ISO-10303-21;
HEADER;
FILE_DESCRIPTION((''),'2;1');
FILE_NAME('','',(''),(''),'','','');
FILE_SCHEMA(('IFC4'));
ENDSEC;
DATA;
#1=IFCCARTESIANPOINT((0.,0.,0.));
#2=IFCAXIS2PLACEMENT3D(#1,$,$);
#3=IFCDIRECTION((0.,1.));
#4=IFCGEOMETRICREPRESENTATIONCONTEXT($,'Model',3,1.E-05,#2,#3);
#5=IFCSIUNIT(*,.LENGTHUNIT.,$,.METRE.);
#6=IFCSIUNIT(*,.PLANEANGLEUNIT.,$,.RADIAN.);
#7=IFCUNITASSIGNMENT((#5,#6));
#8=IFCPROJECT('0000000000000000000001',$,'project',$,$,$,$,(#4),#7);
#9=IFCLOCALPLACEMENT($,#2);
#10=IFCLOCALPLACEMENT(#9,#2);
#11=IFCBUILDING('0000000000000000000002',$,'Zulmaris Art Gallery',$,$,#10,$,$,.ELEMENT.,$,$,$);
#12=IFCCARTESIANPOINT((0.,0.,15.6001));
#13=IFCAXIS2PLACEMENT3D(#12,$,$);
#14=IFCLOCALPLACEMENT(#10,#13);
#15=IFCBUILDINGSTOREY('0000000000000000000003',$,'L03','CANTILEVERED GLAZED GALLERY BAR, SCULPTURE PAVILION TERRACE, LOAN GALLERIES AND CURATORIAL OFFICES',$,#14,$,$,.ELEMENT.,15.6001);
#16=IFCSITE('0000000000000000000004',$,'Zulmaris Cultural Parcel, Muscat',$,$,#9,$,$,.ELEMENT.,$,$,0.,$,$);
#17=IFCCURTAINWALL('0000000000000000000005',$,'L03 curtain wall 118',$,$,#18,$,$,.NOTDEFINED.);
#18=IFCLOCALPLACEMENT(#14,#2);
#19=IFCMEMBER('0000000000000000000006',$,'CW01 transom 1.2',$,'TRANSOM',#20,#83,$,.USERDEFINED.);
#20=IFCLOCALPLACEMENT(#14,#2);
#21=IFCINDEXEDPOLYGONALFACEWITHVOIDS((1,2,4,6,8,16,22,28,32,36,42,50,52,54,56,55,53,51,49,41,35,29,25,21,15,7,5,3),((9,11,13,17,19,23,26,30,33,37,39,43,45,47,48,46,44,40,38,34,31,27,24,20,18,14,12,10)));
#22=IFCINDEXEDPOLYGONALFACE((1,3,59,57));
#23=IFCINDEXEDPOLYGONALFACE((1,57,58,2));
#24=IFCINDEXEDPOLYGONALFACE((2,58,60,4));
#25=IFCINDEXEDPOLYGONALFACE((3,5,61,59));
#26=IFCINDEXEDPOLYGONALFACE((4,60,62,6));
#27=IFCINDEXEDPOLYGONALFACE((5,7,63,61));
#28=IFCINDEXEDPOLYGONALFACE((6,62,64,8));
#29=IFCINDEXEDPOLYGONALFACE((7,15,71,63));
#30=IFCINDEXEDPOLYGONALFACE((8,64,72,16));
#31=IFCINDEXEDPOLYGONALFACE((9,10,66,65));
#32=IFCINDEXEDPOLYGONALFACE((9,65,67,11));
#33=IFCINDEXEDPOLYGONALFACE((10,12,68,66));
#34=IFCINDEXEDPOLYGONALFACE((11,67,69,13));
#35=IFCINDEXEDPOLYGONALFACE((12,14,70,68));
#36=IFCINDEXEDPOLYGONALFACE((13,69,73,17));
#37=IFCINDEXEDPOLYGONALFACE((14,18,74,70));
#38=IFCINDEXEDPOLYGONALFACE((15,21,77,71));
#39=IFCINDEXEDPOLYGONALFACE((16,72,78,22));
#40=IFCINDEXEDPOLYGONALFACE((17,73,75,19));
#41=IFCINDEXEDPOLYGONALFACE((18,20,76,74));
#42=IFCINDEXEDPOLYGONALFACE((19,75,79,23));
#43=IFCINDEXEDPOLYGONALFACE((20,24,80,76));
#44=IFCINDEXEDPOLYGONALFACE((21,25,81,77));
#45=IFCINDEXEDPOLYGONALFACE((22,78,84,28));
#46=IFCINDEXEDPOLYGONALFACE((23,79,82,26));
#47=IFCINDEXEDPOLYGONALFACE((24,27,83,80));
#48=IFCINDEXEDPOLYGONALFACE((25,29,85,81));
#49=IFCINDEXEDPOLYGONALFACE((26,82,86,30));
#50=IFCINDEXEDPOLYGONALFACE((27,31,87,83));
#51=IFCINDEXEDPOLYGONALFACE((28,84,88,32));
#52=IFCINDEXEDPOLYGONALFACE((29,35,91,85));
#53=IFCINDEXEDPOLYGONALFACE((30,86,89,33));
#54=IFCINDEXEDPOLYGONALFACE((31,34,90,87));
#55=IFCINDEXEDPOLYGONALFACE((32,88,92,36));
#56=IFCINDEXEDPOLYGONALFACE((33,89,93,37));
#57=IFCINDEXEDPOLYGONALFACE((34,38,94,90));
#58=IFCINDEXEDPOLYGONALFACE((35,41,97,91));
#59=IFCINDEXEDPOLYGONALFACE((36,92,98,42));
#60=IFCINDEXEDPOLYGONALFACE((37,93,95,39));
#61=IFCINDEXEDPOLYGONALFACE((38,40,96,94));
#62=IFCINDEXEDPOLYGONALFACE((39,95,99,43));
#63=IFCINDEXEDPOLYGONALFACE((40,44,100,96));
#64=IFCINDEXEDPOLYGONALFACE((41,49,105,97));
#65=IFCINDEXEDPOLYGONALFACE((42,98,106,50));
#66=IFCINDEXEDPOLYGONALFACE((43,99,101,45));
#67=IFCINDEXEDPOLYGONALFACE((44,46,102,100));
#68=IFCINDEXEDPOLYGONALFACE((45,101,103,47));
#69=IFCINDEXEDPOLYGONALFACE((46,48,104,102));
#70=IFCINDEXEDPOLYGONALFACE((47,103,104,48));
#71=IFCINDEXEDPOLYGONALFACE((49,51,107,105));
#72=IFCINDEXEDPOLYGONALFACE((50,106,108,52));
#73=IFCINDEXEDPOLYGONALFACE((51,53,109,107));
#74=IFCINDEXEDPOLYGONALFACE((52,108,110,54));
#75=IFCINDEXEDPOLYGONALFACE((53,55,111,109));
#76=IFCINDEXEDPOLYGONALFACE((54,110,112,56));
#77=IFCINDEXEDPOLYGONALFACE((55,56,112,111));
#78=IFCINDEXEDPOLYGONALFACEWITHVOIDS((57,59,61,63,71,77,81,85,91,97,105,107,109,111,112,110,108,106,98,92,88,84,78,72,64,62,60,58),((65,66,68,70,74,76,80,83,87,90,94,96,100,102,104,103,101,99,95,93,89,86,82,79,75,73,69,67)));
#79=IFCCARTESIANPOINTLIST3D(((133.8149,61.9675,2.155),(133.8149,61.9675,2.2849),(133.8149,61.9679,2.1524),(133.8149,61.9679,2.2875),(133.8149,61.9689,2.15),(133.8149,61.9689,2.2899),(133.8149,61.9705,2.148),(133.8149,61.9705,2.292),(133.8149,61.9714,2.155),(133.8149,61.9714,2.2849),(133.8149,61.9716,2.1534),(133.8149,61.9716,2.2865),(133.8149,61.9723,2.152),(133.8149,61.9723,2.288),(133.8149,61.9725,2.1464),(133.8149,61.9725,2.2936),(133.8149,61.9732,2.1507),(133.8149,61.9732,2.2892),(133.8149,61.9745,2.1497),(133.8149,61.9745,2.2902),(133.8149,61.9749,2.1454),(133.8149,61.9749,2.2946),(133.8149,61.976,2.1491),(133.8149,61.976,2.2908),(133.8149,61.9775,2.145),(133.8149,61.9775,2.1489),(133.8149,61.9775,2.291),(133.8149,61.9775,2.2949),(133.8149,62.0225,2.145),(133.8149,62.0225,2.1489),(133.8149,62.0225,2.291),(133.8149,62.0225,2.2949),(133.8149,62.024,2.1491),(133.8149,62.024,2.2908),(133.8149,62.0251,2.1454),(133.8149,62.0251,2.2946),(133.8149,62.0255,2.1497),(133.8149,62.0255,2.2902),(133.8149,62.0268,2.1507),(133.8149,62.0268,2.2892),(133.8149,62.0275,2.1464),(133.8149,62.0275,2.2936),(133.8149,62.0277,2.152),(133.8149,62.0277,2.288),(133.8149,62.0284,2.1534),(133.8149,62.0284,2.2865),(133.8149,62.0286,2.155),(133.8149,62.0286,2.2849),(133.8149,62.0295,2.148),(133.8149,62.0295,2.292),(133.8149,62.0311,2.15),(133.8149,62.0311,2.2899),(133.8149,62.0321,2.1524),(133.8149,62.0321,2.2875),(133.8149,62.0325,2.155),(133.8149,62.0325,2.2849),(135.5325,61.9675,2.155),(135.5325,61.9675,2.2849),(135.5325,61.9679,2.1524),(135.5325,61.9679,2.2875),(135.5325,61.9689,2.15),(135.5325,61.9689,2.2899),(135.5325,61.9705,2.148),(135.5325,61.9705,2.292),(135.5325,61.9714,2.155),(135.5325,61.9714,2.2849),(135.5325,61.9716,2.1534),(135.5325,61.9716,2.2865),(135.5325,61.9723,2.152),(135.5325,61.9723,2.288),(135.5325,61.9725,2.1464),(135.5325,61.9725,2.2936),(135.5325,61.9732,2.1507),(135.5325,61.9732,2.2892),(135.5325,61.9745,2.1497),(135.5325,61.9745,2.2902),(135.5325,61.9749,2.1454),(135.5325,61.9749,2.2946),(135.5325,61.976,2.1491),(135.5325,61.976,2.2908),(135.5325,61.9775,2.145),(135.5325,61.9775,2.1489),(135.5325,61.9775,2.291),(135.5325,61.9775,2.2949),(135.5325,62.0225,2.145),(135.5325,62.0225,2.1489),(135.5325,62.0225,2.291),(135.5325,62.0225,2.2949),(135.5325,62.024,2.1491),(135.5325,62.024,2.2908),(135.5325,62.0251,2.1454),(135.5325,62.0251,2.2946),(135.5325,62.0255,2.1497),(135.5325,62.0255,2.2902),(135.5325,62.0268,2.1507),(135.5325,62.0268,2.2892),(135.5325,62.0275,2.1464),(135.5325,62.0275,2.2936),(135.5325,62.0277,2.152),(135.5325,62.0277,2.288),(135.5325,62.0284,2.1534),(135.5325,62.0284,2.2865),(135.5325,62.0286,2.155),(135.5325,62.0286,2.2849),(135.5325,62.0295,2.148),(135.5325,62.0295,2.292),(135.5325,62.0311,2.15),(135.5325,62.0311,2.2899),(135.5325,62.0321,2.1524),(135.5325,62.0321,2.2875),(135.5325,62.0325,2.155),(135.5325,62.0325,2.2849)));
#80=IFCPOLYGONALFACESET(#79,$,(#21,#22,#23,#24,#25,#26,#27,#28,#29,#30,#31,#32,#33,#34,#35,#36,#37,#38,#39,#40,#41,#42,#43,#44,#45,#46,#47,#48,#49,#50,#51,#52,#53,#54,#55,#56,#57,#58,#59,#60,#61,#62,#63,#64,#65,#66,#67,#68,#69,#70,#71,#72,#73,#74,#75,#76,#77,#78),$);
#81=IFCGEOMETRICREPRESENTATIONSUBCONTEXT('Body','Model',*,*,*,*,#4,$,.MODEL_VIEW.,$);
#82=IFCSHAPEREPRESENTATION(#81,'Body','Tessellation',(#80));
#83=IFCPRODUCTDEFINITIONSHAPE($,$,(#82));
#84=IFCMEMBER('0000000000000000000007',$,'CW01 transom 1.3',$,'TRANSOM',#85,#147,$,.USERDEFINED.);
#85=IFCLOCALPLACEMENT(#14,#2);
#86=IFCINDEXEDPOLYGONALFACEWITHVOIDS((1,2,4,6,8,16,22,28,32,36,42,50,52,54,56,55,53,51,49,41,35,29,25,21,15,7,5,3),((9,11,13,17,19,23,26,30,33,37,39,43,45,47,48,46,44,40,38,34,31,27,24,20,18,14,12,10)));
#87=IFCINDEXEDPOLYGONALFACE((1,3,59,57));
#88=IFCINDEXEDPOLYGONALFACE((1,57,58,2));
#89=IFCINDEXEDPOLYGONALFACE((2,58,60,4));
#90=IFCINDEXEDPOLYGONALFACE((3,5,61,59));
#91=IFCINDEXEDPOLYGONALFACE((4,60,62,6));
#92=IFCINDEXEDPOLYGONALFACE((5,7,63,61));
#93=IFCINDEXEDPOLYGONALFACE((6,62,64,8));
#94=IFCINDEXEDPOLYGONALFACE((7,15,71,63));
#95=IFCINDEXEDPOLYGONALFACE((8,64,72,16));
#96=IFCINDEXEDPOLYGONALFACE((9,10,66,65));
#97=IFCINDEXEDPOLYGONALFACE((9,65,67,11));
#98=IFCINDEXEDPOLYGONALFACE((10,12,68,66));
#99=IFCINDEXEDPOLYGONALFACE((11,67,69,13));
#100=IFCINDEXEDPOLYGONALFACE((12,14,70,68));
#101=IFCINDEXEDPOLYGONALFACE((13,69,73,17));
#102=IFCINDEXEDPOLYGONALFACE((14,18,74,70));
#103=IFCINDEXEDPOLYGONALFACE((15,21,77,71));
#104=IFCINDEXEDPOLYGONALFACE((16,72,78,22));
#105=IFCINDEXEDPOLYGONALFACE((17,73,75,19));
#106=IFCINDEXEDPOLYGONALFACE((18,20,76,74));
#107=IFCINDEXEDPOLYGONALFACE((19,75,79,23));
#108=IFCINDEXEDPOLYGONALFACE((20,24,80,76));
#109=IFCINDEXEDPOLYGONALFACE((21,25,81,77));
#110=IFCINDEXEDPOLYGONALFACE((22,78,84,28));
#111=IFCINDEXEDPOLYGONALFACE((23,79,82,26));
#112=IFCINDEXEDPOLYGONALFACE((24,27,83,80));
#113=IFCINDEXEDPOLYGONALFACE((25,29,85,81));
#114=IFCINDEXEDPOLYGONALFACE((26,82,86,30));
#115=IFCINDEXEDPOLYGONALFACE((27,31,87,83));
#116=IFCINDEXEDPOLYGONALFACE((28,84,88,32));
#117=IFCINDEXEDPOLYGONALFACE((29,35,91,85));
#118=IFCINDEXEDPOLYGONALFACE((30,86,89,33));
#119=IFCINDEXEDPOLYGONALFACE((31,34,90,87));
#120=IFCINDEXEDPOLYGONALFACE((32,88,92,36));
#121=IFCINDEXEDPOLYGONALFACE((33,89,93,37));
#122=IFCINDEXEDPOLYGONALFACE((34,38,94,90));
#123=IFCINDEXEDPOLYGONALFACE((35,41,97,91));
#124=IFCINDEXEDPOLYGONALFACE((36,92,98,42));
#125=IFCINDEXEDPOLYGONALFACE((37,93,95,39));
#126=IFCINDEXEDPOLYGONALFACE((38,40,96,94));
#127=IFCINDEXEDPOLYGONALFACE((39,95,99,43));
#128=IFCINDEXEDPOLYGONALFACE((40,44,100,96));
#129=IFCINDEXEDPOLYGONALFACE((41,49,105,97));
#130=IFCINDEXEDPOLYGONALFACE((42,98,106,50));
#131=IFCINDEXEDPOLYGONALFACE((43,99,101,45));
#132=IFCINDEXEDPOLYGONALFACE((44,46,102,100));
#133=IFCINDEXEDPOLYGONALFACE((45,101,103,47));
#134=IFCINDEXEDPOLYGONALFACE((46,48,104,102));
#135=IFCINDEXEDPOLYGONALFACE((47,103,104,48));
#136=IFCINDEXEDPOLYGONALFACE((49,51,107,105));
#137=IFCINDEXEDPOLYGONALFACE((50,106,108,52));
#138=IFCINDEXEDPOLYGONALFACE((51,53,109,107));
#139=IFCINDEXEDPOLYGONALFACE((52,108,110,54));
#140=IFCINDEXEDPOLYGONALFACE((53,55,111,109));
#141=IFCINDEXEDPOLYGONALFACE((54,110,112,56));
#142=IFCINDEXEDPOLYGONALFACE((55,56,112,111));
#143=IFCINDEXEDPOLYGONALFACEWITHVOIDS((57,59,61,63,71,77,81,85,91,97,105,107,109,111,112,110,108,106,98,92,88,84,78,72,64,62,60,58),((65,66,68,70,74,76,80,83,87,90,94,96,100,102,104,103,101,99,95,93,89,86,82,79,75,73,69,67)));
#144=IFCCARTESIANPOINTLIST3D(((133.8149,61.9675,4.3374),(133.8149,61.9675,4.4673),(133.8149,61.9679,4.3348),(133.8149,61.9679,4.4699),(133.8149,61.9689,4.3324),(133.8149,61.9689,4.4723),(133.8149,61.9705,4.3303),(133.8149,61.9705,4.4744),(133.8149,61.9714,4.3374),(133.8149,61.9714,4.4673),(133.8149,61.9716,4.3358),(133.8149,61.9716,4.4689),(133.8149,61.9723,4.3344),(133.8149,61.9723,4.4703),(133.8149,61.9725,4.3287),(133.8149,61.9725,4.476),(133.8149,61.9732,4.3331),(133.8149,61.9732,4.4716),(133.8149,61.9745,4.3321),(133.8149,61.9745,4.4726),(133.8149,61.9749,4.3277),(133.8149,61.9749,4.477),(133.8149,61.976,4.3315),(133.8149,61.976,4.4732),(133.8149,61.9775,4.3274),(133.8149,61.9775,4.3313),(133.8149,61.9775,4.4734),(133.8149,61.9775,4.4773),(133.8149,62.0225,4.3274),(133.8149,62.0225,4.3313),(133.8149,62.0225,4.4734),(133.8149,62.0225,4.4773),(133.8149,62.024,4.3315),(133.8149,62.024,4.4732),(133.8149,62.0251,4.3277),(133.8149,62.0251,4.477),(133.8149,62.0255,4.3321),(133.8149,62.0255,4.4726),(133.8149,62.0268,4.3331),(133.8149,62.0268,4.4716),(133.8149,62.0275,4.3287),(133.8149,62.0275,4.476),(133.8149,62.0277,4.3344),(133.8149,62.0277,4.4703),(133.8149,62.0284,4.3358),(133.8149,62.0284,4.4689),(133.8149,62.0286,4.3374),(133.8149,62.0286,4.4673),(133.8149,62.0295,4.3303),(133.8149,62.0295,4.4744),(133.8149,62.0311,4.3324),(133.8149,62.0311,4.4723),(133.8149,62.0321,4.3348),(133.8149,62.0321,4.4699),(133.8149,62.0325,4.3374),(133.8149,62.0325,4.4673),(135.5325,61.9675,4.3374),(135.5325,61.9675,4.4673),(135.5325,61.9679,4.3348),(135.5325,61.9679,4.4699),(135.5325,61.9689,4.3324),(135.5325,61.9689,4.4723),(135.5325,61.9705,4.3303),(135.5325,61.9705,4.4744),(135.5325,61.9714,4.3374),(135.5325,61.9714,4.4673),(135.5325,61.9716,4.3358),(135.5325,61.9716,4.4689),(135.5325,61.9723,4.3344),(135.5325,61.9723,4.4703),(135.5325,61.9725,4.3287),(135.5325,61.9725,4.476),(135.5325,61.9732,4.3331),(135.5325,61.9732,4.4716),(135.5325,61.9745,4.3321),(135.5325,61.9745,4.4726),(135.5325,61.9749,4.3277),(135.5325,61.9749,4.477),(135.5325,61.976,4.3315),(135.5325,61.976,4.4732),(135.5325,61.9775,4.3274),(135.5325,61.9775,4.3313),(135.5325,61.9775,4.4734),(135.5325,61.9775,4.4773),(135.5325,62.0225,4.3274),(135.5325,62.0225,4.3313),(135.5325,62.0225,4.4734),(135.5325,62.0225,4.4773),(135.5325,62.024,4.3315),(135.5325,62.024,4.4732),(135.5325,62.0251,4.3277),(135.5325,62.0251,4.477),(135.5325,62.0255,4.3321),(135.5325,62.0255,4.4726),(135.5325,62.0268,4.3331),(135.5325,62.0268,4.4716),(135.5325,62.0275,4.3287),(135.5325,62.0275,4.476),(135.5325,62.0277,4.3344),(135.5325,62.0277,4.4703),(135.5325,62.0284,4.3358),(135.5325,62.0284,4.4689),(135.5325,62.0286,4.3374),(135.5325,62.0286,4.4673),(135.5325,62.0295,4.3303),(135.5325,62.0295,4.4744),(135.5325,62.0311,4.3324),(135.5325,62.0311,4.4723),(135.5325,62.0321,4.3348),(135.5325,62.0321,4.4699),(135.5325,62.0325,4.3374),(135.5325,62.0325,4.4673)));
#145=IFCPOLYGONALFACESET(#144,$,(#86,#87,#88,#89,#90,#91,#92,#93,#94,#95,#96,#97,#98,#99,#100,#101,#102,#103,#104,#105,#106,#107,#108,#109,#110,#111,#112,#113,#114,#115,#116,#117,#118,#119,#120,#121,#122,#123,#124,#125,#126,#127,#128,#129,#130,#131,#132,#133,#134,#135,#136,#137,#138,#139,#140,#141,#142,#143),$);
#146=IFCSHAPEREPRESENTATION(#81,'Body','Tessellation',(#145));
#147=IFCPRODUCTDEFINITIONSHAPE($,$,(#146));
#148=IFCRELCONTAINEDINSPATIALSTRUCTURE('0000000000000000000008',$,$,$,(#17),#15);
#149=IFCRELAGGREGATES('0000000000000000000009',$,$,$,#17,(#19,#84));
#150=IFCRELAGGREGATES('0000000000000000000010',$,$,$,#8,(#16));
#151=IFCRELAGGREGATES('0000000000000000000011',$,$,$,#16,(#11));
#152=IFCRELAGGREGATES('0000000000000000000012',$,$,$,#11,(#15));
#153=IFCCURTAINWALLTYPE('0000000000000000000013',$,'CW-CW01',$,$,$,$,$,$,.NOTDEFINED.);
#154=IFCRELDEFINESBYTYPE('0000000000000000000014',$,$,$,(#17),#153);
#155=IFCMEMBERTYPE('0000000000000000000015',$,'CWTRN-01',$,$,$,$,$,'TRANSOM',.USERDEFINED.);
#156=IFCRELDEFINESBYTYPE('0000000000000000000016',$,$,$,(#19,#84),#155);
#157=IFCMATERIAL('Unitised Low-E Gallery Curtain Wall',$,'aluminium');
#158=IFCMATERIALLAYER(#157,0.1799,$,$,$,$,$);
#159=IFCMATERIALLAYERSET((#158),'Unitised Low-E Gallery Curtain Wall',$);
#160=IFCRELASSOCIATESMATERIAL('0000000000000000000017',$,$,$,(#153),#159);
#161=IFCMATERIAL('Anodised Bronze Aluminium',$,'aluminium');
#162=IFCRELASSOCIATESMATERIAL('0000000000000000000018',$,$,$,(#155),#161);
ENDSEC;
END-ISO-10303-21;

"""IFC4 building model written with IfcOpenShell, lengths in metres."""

from ifc_helpers import new_model, si_unit, direction, frame, origin, origin_2d, place, context, subcontext, project, spatial, hollow_rectangle, extrude, material, layer, layer_set, material_profile, profile_set, type_object, element, aggregate, save


model = new_model("IFC4")

# Units and contexts
model_context = context("Model", 3, precision=1e-05, world=origin(), true_north=direction((0.0, 1.0)))
body_context = subcontext(model_context, "Body", "Model", "MODEL_VIEW")
ifc_project = project(units=[si_unit("LENGTHUNIT", "METRE"), si_unit("PLANEANGLEUNIT", "RADIAN")], contexts=[model_context])

# Site, building, storey
site_placement = place(None, origin())
site = spatial("IfcSite", under=ifc_project, at=site_placement, Name="Zulmaris Cultural Parcel, Muscat", CompositionType="ELEMENT", RefElevation=0.0)
building_placement = place(site_placement, origin())
building = spatial("IfcBuilding", under=site, at=building_placement, Name="Zulmaris Art Gallery", CompositionType="ELEMENT")
storey_placement = place(building_placement, frame((0.0, 0.0, 15.6001)))
storey = spatial("IfcBuildingStorey", under=building, at=storey_placement, Name="L03", Description="CANTILEVERED GLAZED GALLERY BAR, SCULPTURE PAVILION TERRACE, LOAN GALLERIES AND CURATORIAL OFFICES", CompositionType="ELEMENT", Elevation=15.6001)

# Curtain wall
ifc_material_1 = material(Name="Unitised Low-E Gallery Curtain Wall", Category="aluminium")
ifc_layer_1 = layer(ifc_material_1, 0.1799)
ifc_layer_set_1 = layer_set([ifc_layer_1], Name="Unitised Low-E Gallery Curtain Wall")
curtain_wall_type = type_object("IfcCurtainWallType", Name="CW-CW01", PredefinedType="NOTDEFINED", material=ifc_layer_set_1)
ifc_material_2 = material(Name="Anodised Bronze Aluminium", Category="aluminium")
curtain_wall_1_placement = place(storey_placement, origin())
curtain_wall_1 = element("IfcCurtainWall", 1, at=curtain_wall_1_placement, inside=storey, type_object=curtain_wall_type, Name="L03 curtain wall 118", PredefinedType="NOTDEFINED")

# Members
ifc_material_profile_1 = material_profile(ifc_material_2, hollow_rectangle(XDim=0.0649, YDim=0.1499, WallThickness=0.0039, InnerFilletRadius=0.0061, OuterFilletRadius=0.01, at=origin_2d()), Name="ALU 65x150x4")
ifc_profile_set_1 = profile_set([ifc_material_profile_1], Name="Anodised Bronze Aluminium")
member_type_1 = type_object("IfcMemberType", Name="CWTRN-01", ElementType="TRANSOM", PredefinedType="USERDEFINED", material=ifc_profile_set_1)
member_1_placement = place(storey_placement, frame((133.8149, 62.0, 2.22), z_axis=(1.0, 0.0, 0.0), x_axis=(0.0, 1.0, 0.0)))
member_1 = element("IfcMember", 2, at=member_1_placement, type_object=member_type_1, Name="CW01 transom 1.2", ObjectType="TRANSOM", PredefinedType="USERDEFINED", context=body_context, shape_type="SweptSolid", body=[
    extrude(hollow_rectangle(XDim=0.0649, YDim=0.1499, WallThickness=0.0039, InnerFilletRadius=0.0061, OuterFilletRadius=0.01, at=origin_2d()), origin(), (0.0, 0.0, 1.0), 1.7175),
])
member_2_placement = place(storey_placement, frame((133.8149, 62.0, 4.4023), z_axis=(1.0, 0.0, 0.0), x_axis=(0.0, 1.0, 0.0)))
member_2 = element("IfcMember", 3, at=member_2_placement, type_object=member_type_1, Name="CW01 transom 1.3", ObjectType="TRANSOM", PredefinedType="USERDEFINED", context=body_context, shape_type="SweptSolid", body=[
    extrude(hollow_rectangle(XDim=0.0649, YDim=0.1499, WallThickness=0.0039, InnerFilletRadius=0.0061, OuterFilletRadius=0.01, at=origin_2d()), origin(), (0.0, 0.0, 1.0), 1.7175),
])

aggregate(curtain_wall_1, [member_1, member_2])

save(model, "model.ifc")
